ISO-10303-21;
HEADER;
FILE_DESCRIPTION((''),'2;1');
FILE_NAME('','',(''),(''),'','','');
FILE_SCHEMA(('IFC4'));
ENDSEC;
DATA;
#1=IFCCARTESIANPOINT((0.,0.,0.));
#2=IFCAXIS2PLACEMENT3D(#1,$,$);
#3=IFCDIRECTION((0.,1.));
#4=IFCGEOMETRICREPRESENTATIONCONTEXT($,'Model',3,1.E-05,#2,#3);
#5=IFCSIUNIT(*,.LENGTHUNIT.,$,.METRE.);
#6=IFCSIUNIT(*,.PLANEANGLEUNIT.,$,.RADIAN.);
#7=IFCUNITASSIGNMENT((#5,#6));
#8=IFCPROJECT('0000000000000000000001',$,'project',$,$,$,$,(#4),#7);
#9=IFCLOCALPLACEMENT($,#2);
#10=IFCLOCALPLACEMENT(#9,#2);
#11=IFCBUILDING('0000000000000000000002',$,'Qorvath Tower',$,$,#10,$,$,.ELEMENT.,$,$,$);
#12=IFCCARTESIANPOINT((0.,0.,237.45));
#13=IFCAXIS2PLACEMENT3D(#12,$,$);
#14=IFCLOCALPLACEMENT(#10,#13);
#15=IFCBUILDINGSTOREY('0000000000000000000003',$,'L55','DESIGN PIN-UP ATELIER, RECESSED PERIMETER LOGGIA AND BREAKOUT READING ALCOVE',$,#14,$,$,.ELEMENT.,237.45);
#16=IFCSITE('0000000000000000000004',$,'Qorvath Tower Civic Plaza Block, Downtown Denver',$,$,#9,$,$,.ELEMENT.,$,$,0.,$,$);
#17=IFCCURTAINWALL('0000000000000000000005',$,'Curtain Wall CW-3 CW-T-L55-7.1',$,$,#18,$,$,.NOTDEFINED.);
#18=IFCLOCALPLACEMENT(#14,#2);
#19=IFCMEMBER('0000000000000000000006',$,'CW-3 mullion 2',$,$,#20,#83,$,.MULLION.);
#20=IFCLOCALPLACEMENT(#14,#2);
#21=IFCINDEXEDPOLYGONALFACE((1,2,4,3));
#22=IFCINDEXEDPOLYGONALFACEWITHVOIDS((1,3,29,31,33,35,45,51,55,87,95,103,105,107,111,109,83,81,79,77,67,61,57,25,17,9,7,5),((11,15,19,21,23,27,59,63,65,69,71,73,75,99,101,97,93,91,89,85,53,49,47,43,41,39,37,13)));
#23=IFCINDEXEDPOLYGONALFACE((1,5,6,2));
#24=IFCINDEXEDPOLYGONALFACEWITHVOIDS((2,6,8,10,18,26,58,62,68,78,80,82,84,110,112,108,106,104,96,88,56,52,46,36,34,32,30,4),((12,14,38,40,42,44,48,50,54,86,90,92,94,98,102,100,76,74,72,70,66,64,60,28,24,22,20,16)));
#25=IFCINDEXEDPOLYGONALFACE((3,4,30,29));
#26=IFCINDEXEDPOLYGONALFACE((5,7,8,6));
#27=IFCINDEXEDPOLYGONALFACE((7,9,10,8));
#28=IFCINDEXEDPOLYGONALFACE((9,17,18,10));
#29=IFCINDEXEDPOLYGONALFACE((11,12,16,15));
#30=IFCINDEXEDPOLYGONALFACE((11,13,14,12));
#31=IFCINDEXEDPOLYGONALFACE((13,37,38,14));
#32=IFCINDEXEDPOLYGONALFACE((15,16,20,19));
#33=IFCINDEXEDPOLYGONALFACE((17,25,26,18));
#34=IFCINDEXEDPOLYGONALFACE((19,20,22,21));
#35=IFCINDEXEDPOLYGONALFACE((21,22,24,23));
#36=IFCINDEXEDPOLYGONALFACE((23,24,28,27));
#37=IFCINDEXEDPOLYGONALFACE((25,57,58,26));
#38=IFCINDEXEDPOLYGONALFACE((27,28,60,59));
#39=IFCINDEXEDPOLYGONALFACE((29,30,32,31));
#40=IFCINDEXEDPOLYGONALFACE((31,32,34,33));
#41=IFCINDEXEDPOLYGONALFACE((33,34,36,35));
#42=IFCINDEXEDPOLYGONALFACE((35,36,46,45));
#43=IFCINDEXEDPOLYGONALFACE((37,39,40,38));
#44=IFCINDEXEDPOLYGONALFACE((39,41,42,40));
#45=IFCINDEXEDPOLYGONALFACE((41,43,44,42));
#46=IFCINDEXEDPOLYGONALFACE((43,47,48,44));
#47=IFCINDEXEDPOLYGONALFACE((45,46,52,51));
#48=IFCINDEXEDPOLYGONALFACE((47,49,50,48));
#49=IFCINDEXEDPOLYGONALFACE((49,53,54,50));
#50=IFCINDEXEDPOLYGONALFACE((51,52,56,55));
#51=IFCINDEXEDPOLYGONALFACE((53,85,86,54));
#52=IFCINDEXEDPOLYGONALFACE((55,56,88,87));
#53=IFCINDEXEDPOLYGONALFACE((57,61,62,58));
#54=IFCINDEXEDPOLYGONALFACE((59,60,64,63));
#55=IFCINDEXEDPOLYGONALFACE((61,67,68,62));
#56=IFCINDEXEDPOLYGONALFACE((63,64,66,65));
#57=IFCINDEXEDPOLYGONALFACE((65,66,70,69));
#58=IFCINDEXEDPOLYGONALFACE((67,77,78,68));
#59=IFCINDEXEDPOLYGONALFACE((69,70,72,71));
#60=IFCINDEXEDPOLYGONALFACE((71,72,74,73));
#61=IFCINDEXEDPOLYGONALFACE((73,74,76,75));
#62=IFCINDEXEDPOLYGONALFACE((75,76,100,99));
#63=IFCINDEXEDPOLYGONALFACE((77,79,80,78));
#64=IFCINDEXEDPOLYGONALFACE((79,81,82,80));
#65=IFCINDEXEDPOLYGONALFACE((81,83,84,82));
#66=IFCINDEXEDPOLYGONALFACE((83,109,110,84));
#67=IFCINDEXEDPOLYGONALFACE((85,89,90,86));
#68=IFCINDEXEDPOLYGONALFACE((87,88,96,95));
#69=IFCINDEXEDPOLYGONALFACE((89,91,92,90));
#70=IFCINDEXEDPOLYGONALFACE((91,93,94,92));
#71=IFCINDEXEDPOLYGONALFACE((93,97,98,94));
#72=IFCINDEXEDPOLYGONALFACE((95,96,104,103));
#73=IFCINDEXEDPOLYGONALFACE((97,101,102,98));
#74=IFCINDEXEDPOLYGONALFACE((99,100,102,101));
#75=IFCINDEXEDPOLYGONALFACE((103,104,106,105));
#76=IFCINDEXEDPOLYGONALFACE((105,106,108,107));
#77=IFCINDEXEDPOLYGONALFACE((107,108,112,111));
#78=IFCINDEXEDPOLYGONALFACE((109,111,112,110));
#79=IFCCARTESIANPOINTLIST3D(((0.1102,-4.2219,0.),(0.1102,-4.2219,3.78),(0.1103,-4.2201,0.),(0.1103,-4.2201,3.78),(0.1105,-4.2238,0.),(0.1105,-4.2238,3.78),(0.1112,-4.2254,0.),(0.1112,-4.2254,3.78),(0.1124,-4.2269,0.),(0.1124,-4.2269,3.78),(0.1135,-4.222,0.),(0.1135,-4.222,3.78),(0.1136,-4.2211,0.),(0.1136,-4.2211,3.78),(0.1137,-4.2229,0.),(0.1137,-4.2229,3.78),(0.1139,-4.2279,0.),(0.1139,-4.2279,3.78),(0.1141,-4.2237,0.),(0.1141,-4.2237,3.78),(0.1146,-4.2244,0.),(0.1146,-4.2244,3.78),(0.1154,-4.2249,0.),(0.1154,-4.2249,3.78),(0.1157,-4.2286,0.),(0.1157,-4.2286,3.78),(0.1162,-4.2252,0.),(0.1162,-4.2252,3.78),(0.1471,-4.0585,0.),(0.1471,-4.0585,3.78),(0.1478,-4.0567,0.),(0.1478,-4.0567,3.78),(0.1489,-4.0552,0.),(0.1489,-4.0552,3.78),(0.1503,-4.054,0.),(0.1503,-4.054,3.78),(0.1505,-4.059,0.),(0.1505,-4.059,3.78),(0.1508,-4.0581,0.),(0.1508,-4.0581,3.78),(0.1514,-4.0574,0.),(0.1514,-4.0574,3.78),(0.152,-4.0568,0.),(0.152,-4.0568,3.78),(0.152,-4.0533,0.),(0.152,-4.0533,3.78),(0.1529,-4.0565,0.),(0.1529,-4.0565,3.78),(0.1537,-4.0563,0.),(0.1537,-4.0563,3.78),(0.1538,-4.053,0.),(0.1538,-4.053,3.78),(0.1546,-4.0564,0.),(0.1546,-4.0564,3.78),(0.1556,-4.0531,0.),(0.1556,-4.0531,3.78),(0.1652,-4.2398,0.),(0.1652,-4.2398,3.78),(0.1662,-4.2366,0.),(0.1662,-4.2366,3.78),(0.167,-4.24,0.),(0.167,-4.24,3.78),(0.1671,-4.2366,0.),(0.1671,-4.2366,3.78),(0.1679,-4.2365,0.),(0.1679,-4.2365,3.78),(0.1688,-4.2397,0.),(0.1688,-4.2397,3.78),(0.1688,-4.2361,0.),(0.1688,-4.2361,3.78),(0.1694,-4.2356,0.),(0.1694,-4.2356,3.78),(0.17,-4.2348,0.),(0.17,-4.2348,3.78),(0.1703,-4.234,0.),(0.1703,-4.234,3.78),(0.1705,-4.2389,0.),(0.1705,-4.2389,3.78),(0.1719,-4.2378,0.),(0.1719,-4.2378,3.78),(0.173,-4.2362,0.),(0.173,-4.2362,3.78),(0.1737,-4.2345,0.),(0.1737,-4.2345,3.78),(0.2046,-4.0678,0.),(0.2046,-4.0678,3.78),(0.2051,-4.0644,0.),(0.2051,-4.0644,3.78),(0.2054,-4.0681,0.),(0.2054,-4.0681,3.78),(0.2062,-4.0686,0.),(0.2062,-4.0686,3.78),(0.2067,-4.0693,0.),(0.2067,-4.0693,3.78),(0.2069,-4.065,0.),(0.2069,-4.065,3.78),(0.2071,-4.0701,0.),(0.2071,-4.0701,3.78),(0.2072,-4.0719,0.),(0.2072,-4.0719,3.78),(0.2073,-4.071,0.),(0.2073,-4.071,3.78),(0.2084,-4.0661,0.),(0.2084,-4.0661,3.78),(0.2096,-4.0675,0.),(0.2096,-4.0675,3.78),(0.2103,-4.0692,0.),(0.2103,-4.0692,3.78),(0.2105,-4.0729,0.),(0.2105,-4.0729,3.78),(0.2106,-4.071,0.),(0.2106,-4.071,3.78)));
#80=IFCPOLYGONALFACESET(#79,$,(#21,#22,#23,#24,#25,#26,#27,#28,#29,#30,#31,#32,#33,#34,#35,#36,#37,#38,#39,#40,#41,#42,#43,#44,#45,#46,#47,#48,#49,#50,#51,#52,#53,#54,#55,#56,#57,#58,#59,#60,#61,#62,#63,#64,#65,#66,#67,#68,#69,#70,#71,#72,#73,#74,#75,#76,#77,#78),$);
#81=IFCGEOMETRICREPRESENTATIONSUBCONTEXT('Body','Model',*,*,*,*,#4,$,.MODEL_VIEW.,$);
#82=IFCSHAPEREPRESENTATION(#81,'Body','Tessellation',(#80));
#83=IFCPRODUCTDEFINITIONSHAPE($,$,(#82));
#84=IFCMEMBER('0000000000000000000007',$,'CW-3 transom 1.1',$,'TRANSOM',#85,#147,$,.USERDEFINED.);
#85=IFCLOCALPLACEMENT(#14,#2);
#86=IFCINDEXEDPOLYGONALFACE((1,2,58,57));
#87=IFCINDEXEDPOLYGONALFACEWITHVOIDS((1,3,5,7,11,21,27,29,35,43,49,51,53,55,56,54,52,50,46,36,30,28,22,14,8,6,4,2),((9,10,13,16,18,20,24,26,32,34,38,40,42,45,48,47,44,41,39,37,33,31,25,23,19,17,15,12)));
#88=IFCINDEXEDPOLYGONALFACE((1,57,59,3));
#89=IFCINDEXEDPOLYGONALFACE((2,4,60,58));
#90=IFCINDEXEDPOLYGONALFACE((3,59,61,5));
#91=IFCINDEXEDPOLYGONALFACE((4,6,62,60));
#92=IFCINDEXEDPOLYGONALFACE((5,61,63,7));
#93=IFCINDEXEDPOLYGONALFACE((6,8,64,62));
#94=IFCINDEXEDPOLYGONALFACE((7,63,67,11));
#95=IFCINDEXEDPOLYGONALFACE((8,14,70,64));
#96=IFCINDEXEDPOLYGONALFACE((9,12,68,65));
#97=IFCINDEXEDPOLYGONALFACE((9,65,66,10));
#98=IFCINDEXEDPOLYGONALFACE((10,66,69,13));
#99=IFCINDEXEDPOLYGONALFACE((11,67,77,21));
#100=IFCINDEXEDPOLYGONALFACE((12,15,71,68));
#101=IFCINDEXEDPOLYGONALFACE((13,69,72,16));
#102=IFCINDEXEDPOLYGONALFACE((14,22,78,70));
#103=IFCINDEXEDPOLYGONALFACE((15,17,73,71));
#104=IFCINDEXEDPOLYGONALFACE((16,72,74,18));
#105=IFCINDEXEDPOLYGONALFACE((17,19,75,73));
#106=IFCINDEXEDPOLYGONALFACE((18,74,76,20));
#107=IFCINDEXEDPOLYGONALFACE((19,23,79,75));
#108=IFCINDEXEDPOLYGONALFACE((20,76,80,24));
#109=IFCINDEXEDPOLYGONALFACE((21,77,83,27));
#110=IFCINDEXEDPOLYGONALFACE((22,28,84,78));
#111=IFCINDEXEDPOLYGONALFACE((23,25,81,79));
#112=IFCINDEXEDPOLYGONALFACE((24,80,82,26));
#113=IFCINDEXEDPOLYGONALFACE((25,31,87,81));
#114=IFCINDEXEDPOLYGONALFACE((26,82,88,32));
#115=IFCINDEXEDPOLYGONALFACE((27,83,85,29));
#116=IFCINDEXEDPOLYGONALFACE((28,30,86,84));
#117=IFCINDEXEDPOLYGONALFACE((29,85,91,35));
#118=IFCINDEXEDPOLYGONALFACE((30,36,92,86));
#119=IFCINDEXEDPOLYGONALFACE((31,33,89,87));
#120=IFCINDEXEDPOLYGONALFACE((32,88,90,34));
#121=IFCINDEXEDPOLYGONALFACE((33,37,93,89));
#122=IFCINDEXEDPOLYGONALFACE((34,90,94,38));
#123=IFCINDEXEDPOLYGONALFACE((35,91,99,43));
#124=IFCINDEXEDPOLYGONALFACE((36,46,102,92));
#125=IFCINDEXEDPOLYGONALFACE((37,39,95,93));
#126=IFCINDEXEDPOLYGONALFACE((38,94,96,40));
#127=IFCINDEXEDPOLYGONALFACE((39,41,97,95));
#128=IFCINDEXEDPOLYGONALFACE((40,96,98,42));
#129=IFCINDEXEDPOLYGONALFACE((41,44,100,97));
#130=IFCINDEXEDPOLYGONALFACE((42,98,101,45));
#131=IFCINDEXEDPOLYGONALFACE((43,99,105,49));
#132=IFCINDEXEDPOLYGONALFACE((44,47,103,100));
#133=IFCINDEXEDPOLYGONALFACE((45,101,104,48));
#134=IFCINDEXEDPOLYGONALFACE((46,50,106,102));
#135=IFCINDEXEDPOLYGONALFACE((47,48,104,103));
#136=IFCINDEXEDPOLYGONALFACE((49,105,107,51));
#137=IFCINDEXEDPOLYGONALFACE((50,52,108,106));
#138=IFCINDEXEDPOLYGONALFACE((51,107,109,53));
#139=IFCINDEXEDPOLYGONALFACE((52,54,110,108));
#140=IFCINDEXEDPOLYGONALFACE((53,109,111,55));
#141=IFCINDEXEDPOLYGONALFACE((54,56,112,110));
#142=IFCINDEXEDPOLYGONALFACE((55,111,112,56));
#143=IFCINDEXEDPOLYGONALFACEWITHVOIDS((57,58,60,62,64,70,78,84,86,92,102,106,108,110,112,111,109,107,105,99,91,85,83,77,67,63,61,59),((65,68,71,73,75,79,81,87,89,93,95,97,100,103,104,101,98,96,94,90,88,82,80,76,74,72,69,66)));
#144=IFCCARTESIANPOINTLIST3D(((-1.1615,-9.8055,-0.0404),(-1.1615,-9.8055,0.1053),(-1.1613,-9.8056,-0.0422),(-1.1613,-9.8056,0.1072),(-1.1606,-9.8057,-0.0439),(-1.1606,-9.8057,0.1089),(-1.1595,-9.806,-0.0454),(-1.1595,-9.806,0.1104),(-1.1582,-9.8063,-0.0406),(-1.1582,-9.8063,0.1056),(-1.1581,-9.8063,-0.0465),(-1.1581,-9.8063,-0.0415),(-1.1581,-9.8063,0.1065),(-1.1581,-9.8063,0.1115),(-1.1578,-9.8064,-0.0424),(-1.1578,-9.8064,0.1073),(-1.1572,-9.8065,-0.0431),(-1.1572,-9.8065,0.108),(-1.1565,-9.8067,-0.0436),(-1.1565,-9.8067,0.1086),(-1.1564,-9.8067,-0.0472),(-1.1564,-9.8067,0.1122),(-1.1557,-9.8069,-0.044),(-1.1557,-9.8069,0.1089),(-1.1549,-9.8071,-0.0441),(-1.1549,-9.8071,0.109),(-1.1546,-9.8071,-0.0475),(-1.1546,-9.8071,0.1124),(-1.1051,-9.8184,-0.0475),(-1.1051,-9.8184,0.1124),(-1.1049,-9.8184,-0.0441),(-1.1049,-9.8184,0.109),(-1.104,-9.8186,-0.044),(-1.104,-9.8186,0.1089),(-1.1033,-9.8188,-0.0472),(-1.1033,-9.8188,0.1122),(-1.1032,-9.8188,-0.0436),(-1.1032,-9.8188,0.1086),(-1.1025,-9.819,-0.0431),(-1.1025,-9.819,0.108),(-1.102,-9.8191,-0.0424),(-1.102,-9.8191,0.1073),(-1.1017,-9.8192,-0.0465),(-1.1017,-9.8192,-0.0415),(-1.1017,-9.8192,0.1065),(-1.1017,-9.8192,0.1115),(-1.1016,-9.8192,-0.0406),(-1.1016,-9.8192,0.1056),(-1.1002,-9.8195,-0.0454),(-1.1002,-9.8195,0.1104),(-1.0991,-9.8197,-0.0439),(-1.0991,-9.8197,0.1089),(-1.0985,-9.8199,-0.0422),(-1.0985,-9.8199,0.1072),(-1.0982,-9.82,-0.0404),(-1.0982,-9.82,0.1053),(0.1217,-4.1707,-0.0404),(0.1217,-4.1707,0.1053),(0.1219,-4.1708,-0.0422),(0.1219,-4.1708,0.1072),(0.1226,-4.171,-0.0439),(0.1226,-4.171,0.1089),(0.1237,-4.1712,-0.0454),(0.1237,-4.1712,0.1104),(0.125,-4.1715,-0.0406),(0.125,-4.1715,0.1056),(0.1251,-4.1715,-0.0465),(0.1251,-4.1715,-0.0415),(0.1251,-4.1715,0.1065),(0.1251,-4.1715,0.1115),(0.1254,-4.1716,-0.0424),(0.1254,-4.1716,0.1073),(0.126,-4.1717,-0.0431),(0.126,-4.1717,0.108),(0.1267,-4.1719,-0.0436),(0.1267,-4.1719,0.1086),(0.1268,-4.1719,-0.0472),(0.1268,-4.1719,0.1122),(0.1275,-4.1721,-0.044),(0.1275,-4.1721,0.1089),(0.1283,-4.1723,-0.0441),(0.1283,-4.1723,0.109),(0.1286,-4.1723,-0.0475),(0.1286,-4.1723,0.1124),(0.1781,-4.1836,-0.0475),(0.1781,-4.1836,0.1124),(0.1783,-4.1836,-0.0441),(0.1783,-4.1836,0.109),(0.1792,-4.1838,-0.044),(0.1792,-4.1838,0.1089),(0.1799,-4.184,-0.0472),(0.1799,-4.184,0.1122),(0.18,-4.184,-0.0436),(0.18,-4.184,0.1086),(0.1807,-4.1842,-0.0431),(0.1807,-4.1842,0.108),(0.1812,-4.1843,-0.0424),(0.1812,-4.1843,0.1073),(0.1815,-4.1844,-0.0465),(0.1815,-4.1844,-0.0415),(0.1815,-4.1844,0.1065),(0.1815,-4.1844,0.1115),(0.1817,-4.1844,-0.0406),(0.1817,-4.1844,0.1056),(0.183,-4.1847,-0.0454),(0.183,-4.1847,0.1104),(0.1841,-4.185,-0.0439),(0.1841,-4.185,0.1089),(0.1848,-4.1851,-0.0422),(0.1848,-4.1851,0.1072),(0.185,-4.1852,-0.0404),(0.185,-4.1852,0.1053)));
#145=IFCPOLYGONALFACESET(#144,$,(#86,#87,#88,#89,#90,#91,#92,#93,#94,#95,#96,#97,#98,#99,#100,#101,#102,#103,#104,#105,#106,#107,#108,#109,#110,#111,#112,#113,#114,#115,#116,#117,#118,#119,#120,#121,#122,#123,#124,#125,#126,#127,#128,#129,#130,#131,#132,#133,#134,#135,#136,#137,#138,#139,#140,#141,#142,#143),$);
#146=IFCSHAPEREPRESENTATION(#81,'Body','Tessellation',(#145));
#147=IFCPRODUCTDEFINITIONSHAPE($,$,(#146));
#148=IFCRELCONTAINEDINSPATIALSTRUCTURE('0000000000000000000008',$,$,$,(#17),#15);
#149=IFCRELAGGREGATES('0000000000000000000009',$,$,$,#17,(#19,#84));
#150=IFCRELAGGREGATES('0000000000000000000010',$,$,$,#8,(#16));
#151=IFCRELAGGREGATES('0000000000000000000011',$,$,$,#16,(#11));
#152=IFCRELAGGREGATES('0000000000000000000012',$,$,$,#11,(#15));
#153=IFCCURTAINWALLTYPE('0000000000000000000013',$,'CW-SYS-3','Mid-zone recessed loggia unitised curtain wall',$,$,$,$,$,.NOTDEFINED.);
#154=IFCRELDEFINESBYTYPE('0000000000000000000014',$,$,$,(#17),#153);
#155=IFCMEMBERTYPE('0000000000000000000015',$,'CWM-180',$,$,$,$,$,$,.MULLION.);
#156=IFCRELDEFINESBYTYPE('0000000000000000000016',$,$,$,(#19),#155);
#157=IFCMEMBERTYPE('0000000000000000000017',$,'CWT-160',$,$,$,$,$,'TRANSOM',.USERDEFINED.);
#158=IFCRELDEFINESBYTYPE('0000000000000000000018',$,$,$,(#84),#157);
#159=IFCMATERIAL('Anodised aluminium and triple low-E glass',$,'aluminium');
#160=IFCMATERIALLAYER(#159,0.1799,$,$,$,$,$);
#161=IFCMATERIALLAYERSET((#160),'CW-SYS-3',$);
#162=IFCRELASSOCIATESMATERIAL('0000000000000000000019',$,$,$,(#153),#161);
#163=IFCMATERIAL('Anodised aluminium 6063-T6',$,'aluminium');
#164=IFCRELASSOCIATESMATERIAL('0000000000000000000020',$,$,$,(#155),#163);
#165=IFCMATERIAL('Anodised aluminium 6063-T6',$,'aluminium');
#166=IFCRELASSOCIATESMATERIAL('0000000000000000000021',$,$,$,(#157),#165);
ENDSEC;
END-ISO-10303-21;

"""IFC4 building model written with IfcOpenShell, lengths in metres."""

from ifc_helpers import new_model, si_unit, direction, frame, origin, origin_2d, place, context, subcontext, project, spatial, hollow_rectangle, extrude, material, layer, layer_set, material_profile, profile_set, type_object, element, aggregate, save


model = new_model("IFC4")

# Units and contexts
model_context = context("Model", 3, precision=1e-05, world=origin(), true_north=direction((0.0, 1.0)))
body_context = subcontext(model_context, "Body", "Model", "MODEL_VIEW")
ifc_project = project(units=[si_unit("LENGTHUNIT", "METRE"), si_unit("PLANEANGLEUNIT", "RADIAN")], contexts=[model_context])

# Site, building, storey
site_placement = place(None, origin())
site = spatial("IfcSite", under=ifc_project, at=site_placement, Name="Qorvath Tower Civic Plaza Block, Downtown Denver", CompositionType="ELEMENT", RefElevation=0.0)
building_placement = place(site_placement, origin())
building = spatial("IfcBuilding", under=site, at=building_placement, Name="Qorvath Tower", CompositionType="ELEMENT")
storey_placement = place(building_placement, frame((0.0, 0.0, 237.45)))
storey = spatial("IfcBuildingStorey", under=building, at=storey_placement, Name="L55", Description="DESIGN PIN-UP ATELIER, RECESSED PERIMETER LOGGIA AND BREAKOUT READING ALCOVE", CompositionType="ELEMENT", Elevation=237.45)

# Shared definitions
ifc_material_1 = material(Name="Anodised aluminium and triple low-E glass", Category="aluminium")
ifc_layer_1 = layer(ifc_material_1, 0.1799)
ifc_layer_set_1 = layer_set([ifc_layer_1], Name="CW-SYS-3")
curtain_wall_type = type_object("IfcCurtainWallType", Name="CW-SYS-3", Description="Mid-zone recessed loggia unitised curtain wall", PredefinedType="NOTDEFINED", material=ifc_layer_set_1)
ifc_material_2 = material(Name="Anodised aluminium 6063-T6", Category="aluminium")
ifc_material_profile_1 = material_profile(ifc_material_2, hollow_rectangle(XDim=0.0649, YDim=0.1799, WallThickness=0.0034, InnerFilletRadius=0.0034, OuterFilletRadius=0.0071, at=origin_2d()), Name="CWM 180x65")
ifc_profile_set_1 = profile_set([ifc_material_profile_1], Name="Anodised aluminium 6063-T6")
member_type_1 = type_object("IfcMemberType", Name="CWM-180", PredefinedType="MULLION", material=ifc_profile_set_1)

# Curtain wall, members
curtain_wall_1_placement = place(storey_placement, origin())
curtain_wall_1 = element("IfcCurtainWall", 1, at=curtain_wall_1_placement, inside=storey, type_object=curtain_wall_type, Name="Curtain Wall CW-3 CW-T-L55-7.1", PredefinedType="NOTDEFINED")
member_1_placement = place(storey_placement, frame((0.1604, -4.1465, 0.0), z_axis=(0.0, 0.0, 1.0), x_axis=(-0.975037, 0.222042, 0.0)))
member_1 = element("IfcMember", 2, at=member_1_placement, type_object=member_type_1, Name="CW-3 mullion 2", PredefinedType="MULLION", context=body_context, shape_type="SweptSolid", body=[
    extrude(hollow_rectangle(XDim=0.0649, YDim=0.1799, WallThickness=0.0034, InnerFilletRadius=0.0034, OuterFilletRadius=0.0071, at=origin_2d()), origin(), (0.0, 0.0, 1.0), 3.78),
])
ifc_material_3 = material(Name="Anodised aluminium 6063-T6", Category="aluminium")
ifc_material_profile_2 = material_profile(ifc_material_3, hollow_rectangle(XDim=0.0649, YDim=0.1599, WallThickness=0.0034, InnerFilletRadius=0.0034, OuterFilletRadius=0.0071, at=origin_2d()), Name="CWT 160x65")
ifc_profile_set_2 = profile_set([ifc_material_profile_2], Name="Anodised aluminium 6063-T6")
member_type_2 = type_object("IfcMemberType", Name="CWT-160", ElementType="TRANSOM", PredefinedType="USERDEFINED", material=ifc_profile_set_2)
member_2_placement = place(storey_placement, frame((-1.1299, -9.8127, 0.0325), z_axis=(0.222045, 0.975036, 0.0), x_axis=(-0.975036, 0.222045, 0.0)))
member_2 = element("IfcMember", 3, at=member_2_placement, type_object=member_type_2, Name="CW-3 transom 1.1", ObjectType="TRANSOM", PredefinedType="USERDEFINED", context=body_context, shape_type="SweptSolid", body=[
    extrude(hollow_rectangle(XDim=0.0649, YDim=0.1599, WallThickness=0.0034, InnerFilletRadius=0.0034, OuterFilletRadius=0.0071, at=origin_2d()), origin(), (0.0, 0.0, 1.0), 5.7791),
])
aggregate(curtain_wall_1, [member_1, member_2])

save(model, "model.ifc")
